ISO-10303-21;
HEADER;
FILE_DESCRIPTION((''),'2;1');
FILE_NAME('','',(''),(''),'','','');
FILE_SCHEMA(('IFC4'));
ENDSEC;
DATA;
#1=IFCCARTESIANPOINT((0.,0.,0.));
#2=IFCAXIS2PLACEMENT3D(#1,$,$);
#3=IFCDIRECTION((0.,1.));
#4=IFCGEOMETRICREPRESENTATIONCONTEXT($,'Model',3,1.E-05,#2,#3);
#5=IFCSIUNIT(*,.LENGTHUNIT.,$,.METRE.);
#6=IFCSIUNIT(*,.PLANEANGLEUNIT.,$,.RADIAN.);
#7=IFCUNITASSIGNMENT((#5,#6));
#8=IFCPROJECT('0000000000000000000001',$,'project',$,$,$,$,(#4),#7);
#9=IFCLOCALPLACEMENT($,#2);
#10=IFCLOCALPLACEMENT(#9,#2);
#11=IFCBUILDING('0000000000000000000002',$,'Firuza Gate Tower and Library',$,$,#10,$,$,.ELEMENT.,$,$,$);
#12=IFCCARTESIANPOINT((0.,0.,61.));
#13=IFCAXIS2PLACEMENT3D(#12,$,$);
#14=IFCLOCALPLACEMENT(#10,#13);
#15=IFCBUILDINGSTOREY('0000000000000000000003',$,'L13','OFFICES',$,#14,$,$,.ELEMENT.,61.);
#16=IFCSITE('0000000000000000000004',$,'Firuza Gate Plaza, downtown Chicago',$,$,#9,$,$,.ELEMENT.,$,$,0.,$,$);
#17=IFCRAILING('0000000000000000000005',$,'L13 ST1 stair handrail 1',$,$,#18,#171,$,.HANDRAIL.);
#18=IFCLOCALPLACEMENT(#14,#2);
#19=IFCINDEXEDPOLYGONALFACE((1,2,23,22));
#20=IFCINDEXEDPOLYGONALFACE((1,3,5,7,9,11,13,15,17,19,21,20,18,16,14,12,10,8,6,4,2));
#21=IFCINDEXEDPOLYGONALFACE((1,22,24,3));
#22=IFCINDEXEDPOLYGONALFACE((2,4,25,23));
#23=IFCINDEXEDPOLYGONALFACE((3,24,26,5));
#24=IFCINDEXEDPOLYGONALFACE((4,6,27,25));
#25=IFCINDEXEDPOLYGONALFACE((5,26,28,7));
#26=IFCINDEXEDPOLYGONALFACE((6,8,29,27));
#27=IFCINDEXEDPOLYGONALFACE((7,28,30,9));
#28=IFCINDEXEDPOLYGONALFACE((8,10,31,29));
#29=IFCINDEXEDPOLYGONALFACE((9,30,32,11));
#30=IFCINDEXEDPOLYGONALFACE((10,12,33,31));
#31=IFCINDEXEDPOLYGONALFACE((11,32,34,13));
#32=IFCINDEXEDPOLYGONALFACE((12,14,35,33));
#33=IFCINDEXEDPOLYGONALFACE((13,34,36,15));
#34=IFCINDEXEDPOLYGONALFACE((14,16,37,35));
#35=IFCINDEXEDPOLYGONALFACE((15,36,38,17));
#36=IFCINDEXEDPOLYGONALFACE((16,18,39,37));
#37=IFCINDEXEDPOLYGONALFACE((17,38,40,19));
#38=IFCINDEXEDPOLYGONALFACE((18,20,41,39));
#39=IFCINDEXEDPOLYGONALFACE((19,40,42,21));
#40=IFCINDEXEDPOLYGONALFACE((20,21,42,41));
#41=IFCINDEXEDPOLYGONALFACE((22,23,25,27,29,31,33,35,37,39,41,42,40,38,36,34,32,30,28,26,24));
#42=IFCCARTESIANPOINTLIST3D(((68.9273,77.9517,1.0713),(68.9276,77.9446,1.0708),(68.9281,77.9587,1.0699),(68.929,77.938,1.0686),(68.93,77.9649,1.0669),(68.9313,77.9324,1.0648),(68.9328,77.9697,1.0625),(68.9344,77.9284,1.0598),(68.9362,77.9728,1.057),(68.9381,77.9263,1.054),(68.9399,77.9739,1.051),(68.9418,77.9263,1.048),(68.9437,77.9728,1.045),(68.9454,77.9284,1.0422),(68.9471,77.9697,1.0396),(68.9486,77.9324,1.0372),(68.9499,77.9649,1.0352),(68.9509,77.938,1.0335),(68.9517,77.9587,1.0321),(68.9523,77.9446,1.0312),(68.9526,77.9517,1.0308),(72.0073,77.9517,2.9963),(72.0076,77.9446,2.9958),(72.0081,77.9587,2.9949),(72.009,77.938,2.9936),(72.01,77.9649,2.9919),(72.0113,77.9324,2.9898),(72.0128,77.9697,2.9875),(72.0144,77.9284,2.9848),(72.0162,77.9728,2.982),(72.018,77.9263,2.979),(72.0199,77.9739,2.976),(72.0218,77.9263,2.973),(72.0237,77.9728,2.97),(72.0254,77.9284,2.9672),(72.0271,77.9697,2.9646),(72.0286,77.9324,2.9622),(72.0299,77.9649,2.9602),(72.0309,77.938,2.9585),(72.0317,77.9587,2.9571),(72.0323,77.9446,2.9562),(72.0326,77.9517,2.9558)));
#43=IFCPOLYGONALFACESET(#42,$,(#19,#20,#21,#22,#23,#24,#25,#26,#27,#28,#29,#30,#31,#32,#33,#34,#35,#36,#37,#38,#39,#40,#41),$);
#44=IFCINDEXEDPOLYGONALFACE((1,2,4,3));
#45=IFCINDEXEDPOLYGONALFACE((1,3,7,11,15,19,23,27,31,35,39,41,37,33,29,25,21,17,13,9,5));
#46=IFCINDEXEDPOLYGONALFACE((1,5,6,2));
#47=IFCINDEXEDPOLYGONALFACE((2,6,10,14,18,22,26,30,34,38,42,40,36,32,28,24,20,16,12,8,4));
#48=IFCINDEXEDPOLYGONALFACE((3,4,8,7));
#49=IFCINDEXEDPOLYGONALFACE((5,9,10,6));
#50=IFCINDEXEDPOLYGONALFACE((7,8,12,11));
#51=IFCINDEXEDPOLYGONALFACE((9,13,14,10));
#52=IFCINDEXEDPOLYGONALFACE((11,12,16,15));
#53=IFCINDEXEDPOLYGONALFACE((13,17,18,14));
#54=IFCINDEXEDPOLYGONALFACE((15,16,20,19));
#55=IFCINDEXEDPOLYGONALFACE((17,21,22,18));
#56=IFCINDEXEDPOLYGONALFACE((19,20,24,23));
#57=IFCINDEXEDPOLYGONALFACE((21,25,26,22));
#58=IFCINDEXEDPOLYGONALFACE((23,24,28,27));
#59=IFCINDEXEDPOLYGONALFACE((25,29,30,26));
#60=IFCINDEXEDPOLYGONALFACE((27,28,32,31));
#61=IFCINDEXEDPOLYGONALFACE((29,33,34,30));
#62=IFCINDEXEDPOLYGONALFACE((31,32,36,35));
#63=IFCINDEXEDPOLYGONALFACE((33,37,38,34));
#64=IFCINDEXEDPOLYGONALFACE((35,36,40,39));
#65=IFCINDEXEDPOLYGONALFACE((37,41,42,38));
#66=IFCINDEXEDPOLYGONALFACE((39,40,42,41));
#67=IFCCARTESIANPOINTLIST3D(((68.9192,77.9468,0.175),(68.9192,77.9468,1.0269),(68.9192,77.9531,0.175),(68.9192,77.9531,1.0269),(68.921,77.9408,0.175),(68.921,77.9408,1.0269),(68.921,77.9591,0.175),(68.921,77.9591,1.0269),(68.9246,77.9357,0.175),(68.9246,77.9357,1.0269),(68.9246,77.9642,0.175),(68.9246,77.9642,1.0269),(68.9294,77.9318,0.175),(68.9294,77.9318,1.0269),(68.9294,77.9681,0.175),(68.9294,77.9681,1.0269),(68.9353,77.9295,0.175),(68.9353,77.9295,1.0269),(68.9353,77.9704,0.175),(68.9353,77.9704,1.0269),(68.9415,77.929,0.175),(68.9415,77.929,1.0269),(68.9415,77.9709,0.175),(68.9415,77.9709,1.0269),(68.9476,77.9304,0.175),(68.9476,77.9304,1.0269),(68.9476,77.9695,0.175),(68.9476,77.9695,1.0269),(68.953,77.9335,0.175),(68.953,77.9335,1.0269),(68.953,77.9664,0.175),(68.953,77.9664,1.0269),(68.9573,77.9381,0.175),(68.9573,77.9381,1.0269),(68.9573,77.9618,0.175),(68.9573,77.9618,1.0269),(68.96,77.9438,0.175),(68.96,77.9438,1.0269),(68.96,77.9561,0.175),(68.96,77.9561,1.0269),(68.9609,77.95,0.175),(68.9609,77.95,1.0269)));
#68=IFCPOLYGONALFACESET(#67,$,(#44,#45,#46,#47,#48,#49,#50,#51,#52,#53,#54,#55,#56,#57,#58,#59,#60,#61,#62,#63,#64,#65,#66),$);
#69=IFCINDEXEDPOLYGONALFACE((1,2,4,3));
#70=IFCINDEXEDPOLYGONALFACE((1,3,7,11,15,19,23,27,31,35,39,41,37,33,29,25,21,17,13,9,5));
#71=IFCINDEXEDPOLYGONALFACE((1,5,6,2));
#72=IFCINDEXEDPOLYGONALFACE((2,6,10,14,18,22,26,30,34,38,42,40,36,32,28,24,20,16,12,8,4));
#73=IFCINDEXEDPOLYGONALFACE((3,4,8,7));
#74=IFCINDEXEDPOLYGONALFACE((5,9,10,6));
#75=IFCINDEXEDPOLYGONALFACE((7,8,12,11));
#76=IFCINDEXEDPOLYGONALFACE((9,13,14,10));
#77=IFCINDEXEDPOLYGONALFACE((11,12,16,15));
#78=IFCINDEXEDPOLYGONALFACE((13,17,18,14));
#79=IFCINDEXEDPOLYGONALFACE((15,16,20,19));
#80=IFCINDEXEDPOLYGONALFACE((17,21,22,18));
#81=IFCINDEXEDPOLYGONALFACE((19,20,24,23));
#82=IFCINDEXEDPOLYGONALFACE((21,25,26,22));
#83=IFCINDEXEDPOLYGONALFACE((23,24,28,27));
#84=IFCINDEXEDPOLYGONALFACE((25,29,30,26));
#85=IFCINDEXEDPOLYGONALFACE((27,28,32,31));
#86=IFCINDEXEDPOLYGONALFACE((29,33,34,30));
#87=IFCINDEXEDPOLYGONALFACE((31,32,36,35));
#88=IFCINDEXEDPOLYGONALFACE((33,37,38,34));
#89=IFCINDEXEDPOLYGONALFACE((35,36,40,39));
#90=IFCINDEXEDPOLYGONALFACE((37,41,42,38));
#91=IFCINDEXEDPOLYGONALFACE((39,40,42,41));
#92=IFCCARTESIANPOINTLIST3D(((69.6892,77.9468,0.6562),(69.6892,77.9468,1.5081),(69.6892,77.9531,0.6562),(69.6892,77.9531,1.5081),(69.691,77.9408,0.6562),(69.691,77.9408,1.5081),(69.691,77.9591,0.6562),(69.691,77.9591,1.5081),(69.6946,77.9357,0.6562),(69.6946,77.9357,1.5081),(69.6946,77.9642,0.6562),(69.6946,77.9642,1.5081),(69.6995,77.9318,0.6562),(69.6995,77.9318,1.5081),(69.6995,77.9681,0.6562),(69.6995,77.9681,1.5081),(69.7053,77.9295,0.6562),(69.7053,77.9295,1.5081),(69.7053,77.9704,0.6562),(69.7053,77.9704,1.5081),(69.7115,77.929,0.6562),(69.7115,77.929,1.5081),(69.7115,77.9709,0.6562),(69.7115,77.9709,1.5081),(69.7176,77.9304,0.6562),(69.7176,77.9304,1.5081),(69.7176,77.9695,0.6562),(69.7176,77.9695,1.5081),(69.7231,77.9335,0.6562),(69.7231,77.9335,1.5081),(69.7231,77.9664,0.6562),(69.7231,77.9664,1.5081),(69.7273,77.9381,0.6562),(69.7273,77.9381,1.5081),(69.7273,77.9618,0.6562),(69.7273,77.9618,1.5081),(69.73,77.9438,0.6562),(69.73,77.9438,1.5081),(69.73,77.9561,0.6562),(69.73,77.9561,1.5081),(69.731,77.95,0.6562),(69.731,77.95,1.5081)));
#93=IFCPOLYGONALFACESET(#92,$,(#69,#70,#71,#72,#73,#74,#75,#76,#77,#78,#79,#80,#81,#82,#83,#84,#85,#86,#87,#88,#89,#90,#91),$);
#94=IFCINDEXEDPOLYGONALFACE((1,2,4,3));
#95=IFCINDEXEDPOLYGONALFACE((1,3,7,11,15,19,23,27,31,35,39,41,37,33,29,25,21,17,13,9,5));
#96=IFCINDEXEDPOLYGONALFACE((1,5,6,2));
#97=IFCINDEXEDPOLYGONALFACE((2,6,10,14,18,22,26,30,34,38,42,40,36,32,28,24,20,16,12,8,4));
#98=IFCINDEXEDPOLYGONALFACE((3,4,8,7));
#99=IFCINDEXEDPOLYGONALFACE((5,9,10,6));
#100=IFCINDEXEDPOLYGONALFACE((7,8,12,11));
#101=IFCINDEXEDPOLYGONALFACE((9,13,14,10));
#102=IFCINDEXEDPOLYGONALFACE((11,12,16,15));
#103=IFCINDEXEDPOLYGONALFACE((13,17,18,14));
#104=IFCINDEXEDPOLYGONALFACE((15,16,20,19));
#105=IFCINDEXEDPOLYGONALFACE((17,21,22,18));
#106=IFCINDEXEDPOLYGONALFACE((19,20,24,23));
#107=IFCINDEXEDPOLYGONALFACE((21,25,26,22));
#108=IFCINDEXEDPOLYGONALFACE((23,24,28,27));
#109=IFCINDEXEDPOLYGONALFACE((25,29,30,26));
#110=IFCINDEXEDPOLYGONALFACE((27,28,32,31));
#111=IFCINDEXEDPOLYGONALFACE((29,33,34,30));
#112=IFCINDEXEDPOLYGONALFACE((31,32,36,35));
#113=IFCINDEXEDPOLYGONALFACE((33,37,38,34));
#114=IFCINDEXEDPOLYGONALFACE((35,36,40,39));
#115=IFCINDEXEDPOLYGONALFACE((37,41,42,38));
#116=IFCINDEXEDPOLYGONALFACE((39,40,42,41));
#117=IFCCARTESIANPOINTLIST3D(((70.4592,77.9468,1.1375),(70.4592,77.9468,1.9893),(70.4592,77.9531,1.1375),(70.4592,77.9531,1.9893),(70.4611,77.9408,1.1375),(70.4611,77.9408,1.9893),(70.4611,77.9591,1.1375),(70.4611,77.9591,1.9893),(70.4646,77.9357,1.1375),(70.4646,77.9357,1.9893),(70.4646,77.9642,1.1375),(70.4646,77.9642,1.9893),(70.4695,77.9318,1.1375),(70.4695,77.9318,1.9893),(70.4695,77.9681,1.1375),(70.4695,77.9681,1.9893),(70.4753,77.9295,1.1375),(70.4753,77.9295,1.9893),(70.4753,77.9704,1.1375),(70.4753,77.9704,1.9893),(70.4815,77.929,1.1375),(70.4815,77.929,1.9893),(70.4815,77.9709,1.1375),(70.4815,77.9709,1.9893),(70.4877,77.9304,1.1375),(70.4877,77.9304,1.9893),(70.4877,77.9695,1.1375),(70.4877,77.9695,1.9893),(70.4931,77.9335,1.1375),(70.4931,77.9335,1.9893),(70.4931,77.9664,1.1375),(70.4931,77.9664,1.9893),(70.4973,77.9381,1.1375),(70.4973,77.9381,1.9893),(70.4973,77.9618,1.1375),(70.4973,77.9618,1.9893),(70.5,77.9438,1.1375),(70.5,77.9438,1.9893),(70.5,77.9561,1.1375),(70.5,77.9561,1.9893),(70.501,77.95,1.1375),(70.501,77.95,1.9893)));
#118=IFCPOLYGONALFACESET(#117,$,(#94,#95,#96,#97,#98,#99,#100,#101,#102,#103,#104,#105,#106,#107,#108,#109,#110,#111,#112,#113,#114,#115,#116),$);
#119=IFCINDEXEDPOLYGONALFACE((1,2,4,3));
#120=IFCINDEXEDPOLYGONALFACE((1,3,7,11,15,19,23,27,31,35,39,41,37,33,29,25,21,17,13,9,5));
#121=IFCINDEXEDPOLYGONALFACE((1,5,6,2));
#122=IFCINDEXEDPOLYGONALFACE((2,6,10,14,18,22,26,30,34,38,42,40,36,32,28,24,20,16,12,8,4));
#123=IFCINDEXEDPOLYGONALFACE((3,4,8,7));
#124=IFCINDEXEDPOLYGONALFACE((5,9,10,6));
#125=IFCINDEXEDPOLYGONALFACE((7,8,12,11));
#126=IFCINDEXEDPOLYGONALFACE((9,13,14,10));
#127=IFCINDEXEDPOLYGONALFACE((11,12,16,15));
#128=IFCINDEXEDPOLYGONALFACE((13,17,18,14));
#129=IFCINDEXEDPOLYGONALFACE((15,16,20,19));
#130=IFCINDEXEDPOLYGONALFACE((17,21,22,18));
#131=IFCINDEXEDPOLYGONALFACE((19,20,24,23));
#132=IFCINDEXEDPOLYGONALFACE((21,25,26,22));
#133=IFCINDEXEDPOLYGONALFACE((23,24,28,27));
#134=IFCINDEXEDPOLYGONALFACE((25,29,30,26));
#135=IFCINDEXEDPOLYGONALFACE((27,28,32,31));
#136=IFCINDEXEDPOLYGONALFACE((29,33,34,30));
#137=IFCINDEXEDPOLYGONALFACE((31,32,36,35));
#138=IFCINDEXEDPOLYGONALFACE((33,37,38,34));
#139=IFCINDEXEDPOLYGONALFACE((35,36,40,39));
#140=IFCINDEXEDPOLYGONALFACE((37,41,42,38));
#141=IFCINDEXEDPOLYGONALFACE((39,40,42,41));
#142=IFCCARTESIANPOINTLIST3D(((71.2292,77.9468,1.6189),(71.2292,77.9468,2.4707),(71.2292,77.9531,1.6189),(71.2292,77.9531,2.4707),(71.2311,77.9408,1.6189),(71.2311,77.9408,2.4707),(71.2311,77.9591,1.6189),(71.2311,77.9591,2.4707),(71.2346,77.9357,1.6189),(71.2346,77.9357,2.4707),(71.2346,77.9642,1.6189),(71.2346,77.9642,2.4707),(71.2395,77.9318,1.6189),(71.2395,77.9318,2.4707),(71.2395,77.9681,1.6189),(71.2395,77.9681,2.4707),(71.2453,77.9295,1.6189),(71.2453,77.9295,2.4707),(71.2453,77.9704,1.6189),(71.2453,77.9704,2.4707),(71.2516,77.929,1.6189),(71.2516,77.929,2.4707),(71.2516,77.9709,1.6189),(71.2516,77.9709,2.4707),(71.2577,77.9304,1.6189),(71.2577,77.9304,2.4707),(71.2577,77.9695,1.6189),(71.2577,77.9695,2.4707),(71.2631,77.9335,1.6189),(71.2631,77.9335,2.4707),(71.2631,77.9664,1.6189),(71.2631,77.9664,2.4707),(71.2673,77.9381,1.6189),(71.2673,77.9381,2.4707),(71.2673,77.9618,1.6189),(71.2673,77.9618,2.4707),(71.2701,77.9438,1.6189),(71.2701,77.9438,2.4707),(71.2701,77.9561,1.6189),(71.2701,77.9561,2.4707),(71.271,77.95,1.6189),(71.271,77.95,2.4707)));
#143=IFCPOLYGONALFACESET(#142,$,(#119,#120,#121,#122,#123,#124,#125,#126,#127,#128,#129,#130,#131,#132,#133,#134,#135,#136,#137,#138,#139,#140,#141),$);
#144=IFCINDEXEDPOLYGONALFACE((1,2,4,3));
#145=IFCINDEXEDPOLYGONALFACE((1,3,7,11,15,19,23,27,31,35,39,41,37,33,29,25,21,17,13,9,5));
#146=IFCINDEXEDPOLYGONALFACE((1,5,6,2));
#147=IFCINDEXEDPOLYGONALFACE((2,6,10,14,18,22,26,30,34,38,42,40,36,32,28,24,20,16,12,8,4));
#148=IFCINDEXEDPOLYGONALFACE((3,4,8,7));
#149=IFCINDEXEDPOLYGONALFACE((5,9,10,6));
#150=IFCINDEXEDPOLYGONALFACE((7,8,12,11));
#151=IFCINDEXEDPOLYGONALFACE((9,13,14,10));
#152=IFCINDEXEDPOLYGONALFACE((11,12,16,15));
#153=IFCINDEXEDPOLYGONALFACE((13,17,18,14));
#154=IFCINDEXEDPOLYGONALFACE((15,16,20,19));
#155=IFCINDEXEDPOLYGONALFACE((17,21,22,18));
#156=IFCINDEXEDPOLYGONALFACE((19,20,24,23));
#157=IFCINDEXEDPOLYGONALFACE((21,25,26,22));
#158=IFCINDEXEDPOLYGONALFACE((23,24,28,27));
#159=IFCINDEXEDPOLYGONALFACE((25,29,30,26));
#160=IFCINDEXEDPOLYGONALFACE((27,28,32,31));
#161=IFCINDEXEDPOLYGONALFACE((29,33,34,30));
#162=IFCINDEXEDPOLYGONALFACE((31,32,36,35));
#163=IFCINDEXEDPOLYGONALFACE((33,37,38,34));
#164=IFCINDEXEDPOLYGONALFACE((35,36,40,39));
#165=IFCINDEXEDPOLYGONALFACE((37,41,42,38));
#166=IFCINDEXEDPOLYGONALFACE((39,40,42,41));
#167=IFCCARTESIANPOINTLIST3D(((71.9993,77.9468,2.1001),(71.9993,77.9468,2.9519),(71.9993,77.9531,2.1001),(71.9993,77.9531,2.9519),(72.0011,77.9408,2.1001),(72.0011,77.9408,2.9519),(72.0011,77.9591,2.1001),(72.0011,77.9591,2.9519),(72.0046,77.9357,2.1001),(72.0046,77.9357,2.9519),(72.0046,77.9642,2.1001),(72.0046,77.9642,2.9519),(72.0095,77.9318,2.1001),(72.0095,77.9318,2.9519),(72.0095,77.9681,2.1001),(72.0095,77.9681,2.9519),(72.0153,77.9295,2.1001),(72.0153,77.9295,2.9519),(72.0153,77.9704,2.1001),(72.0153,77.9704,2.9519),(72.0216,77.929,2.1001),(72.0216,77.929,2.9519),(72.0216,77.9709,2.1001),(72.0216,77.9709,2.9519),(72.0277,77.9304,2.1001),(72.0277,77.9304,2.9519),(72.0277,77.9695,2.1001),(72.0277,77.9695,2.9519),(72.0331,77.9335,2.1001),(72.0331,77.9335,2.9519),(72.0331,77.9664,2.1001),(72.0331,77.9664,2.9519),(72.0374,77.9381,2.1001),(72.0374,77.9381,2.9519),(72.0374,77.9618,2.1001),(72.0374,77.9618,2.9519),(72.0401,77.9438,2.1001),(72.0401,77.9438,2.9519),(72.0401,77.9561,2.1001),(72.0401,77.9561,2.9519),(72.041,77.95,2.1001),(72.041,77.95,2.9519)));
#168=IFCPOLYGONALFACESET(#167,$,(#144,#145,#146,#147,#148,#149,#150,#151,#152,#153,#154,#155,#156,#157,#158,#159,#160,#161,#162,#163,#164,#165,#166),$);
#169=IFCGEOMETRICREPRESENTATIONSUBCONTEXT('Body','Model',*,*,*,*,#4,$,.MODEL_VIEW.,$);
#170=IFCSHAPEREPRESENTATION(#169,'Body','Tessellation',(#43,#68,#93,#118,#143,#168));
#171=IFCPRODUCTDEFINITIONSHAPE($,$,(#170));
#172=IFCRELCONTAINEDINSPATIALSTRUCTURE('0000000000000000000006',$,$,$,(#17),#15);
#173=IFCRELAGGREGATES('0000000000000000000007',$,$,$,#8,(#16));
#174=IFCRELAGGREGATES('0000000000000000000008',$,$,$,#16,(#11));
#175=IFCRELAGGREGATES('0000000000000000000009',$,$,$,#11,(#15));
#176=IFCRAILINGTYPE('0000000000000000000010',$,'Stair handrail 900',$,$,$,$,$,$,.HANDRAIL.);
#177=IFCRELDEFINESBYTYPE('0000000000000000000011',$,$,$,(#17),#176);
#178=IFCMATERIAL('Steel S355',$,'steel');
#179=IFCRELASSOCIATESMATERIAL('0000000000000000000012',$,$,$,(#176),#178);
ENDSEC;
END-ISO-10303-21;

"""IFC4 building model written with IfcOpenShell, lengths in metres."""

from ifc_helpers import new_model, si_unit, direction, frame, origin, origin_2d, place, context, subcontext, project, spatial, circle, extrude, material, type_object, element, save


model = new_model("IFC4")

# Units and contexts
model_context = context("Model", 3, precision=1e-05, world=origin(), true_north=direction((0.0, 1.0)))
body_context = subcontext(model_context, "Body", "Model", "MODEL_VIEW")
ifc_project = project(units=[si_unit("LENGTHUNIT", "METRE"), si_unit("PLANEANGLEUNIT", "RADIAN")], contexts=[model_context])

# Site, building, storey
site_placement = place(None, origin())
site = spatial("IfcSite", under=ifc_project, at=site_placement, Name="Firuza Gate Plaza, downtown Chicago", CompositionType="ELEMENT", RefElevation=0.0)
building_placement = place(site_placement, origin())
building = spatial("IfcBuilding", under=site, at=building_placement, Name="Firuza Gate Tower and Library", CompositionType="ELEMENT")
storey_placement = place(building_placement, frame((0.0, 0.0, 61.0)))
storey = spatial("IfcBuildingStorey", under=building, at=storey_placement, Name="L13", Description="OFFICES", CompositionType="ELEMENT", Elevation=61.0)

# Railing
ifc_material_1 = material(Name="Steel S355", Category="steel")
railing_type_1 = type_object("IfcRailingType", Name="Stair handrail 900", PredefinedType="HANDRAIL", material=ifc_material_1)
railing_1_placement = place(storey_placement, frame((68.9399, 77.95, 0.175)))
element("IfcRailing", 1, at=railing_1_placement, inside=storey, type_object=railing_type_1, Name="L13 ST1 stair handrail 1", PredefinedType="HANDRAIL", context=body_context, shape_type="SweptSolid", body=[
    extrude(circle(Radius=0.0239, at=origin_2d()), frame((0.0, 0.0, 0.876), z_axis=(0.847998, 0.0, 0.529999), x_axis=(0.0, 1.0, 0.0)), (0.0, 0.0, 1.0), 3.6321),
    extrude(circle(Radius=0.021, at=origin_2d()), origin(), (0.0, 0.0, 1.0), 0.8518),
    extrude(circle(Radius=0.021, at=origin_2d()), frame((0.77, 0.0, 0.4812)), (0.0, 0.0, 1.0), 0.8518),
    extrude(circle(Radius=0.021, at=origin_2d()), frame((1.54, 0.0, 0.9624)), (0.0, 0.0, 1.0), 0.8518),
    extrude(circle(Radius=0.021, at=origin_2d()), frame((2.3101, 0.0, 1.4438)), (0.0, 0.0, 1.0), 0.8518),
    extrude(circle(Radius=0.021, at=origin_2d()), frame((3.0801, 0.0, 1.925)), (0.0, 0.0, 1.0), 0.8518),
])

save(model, "model.ifc")
